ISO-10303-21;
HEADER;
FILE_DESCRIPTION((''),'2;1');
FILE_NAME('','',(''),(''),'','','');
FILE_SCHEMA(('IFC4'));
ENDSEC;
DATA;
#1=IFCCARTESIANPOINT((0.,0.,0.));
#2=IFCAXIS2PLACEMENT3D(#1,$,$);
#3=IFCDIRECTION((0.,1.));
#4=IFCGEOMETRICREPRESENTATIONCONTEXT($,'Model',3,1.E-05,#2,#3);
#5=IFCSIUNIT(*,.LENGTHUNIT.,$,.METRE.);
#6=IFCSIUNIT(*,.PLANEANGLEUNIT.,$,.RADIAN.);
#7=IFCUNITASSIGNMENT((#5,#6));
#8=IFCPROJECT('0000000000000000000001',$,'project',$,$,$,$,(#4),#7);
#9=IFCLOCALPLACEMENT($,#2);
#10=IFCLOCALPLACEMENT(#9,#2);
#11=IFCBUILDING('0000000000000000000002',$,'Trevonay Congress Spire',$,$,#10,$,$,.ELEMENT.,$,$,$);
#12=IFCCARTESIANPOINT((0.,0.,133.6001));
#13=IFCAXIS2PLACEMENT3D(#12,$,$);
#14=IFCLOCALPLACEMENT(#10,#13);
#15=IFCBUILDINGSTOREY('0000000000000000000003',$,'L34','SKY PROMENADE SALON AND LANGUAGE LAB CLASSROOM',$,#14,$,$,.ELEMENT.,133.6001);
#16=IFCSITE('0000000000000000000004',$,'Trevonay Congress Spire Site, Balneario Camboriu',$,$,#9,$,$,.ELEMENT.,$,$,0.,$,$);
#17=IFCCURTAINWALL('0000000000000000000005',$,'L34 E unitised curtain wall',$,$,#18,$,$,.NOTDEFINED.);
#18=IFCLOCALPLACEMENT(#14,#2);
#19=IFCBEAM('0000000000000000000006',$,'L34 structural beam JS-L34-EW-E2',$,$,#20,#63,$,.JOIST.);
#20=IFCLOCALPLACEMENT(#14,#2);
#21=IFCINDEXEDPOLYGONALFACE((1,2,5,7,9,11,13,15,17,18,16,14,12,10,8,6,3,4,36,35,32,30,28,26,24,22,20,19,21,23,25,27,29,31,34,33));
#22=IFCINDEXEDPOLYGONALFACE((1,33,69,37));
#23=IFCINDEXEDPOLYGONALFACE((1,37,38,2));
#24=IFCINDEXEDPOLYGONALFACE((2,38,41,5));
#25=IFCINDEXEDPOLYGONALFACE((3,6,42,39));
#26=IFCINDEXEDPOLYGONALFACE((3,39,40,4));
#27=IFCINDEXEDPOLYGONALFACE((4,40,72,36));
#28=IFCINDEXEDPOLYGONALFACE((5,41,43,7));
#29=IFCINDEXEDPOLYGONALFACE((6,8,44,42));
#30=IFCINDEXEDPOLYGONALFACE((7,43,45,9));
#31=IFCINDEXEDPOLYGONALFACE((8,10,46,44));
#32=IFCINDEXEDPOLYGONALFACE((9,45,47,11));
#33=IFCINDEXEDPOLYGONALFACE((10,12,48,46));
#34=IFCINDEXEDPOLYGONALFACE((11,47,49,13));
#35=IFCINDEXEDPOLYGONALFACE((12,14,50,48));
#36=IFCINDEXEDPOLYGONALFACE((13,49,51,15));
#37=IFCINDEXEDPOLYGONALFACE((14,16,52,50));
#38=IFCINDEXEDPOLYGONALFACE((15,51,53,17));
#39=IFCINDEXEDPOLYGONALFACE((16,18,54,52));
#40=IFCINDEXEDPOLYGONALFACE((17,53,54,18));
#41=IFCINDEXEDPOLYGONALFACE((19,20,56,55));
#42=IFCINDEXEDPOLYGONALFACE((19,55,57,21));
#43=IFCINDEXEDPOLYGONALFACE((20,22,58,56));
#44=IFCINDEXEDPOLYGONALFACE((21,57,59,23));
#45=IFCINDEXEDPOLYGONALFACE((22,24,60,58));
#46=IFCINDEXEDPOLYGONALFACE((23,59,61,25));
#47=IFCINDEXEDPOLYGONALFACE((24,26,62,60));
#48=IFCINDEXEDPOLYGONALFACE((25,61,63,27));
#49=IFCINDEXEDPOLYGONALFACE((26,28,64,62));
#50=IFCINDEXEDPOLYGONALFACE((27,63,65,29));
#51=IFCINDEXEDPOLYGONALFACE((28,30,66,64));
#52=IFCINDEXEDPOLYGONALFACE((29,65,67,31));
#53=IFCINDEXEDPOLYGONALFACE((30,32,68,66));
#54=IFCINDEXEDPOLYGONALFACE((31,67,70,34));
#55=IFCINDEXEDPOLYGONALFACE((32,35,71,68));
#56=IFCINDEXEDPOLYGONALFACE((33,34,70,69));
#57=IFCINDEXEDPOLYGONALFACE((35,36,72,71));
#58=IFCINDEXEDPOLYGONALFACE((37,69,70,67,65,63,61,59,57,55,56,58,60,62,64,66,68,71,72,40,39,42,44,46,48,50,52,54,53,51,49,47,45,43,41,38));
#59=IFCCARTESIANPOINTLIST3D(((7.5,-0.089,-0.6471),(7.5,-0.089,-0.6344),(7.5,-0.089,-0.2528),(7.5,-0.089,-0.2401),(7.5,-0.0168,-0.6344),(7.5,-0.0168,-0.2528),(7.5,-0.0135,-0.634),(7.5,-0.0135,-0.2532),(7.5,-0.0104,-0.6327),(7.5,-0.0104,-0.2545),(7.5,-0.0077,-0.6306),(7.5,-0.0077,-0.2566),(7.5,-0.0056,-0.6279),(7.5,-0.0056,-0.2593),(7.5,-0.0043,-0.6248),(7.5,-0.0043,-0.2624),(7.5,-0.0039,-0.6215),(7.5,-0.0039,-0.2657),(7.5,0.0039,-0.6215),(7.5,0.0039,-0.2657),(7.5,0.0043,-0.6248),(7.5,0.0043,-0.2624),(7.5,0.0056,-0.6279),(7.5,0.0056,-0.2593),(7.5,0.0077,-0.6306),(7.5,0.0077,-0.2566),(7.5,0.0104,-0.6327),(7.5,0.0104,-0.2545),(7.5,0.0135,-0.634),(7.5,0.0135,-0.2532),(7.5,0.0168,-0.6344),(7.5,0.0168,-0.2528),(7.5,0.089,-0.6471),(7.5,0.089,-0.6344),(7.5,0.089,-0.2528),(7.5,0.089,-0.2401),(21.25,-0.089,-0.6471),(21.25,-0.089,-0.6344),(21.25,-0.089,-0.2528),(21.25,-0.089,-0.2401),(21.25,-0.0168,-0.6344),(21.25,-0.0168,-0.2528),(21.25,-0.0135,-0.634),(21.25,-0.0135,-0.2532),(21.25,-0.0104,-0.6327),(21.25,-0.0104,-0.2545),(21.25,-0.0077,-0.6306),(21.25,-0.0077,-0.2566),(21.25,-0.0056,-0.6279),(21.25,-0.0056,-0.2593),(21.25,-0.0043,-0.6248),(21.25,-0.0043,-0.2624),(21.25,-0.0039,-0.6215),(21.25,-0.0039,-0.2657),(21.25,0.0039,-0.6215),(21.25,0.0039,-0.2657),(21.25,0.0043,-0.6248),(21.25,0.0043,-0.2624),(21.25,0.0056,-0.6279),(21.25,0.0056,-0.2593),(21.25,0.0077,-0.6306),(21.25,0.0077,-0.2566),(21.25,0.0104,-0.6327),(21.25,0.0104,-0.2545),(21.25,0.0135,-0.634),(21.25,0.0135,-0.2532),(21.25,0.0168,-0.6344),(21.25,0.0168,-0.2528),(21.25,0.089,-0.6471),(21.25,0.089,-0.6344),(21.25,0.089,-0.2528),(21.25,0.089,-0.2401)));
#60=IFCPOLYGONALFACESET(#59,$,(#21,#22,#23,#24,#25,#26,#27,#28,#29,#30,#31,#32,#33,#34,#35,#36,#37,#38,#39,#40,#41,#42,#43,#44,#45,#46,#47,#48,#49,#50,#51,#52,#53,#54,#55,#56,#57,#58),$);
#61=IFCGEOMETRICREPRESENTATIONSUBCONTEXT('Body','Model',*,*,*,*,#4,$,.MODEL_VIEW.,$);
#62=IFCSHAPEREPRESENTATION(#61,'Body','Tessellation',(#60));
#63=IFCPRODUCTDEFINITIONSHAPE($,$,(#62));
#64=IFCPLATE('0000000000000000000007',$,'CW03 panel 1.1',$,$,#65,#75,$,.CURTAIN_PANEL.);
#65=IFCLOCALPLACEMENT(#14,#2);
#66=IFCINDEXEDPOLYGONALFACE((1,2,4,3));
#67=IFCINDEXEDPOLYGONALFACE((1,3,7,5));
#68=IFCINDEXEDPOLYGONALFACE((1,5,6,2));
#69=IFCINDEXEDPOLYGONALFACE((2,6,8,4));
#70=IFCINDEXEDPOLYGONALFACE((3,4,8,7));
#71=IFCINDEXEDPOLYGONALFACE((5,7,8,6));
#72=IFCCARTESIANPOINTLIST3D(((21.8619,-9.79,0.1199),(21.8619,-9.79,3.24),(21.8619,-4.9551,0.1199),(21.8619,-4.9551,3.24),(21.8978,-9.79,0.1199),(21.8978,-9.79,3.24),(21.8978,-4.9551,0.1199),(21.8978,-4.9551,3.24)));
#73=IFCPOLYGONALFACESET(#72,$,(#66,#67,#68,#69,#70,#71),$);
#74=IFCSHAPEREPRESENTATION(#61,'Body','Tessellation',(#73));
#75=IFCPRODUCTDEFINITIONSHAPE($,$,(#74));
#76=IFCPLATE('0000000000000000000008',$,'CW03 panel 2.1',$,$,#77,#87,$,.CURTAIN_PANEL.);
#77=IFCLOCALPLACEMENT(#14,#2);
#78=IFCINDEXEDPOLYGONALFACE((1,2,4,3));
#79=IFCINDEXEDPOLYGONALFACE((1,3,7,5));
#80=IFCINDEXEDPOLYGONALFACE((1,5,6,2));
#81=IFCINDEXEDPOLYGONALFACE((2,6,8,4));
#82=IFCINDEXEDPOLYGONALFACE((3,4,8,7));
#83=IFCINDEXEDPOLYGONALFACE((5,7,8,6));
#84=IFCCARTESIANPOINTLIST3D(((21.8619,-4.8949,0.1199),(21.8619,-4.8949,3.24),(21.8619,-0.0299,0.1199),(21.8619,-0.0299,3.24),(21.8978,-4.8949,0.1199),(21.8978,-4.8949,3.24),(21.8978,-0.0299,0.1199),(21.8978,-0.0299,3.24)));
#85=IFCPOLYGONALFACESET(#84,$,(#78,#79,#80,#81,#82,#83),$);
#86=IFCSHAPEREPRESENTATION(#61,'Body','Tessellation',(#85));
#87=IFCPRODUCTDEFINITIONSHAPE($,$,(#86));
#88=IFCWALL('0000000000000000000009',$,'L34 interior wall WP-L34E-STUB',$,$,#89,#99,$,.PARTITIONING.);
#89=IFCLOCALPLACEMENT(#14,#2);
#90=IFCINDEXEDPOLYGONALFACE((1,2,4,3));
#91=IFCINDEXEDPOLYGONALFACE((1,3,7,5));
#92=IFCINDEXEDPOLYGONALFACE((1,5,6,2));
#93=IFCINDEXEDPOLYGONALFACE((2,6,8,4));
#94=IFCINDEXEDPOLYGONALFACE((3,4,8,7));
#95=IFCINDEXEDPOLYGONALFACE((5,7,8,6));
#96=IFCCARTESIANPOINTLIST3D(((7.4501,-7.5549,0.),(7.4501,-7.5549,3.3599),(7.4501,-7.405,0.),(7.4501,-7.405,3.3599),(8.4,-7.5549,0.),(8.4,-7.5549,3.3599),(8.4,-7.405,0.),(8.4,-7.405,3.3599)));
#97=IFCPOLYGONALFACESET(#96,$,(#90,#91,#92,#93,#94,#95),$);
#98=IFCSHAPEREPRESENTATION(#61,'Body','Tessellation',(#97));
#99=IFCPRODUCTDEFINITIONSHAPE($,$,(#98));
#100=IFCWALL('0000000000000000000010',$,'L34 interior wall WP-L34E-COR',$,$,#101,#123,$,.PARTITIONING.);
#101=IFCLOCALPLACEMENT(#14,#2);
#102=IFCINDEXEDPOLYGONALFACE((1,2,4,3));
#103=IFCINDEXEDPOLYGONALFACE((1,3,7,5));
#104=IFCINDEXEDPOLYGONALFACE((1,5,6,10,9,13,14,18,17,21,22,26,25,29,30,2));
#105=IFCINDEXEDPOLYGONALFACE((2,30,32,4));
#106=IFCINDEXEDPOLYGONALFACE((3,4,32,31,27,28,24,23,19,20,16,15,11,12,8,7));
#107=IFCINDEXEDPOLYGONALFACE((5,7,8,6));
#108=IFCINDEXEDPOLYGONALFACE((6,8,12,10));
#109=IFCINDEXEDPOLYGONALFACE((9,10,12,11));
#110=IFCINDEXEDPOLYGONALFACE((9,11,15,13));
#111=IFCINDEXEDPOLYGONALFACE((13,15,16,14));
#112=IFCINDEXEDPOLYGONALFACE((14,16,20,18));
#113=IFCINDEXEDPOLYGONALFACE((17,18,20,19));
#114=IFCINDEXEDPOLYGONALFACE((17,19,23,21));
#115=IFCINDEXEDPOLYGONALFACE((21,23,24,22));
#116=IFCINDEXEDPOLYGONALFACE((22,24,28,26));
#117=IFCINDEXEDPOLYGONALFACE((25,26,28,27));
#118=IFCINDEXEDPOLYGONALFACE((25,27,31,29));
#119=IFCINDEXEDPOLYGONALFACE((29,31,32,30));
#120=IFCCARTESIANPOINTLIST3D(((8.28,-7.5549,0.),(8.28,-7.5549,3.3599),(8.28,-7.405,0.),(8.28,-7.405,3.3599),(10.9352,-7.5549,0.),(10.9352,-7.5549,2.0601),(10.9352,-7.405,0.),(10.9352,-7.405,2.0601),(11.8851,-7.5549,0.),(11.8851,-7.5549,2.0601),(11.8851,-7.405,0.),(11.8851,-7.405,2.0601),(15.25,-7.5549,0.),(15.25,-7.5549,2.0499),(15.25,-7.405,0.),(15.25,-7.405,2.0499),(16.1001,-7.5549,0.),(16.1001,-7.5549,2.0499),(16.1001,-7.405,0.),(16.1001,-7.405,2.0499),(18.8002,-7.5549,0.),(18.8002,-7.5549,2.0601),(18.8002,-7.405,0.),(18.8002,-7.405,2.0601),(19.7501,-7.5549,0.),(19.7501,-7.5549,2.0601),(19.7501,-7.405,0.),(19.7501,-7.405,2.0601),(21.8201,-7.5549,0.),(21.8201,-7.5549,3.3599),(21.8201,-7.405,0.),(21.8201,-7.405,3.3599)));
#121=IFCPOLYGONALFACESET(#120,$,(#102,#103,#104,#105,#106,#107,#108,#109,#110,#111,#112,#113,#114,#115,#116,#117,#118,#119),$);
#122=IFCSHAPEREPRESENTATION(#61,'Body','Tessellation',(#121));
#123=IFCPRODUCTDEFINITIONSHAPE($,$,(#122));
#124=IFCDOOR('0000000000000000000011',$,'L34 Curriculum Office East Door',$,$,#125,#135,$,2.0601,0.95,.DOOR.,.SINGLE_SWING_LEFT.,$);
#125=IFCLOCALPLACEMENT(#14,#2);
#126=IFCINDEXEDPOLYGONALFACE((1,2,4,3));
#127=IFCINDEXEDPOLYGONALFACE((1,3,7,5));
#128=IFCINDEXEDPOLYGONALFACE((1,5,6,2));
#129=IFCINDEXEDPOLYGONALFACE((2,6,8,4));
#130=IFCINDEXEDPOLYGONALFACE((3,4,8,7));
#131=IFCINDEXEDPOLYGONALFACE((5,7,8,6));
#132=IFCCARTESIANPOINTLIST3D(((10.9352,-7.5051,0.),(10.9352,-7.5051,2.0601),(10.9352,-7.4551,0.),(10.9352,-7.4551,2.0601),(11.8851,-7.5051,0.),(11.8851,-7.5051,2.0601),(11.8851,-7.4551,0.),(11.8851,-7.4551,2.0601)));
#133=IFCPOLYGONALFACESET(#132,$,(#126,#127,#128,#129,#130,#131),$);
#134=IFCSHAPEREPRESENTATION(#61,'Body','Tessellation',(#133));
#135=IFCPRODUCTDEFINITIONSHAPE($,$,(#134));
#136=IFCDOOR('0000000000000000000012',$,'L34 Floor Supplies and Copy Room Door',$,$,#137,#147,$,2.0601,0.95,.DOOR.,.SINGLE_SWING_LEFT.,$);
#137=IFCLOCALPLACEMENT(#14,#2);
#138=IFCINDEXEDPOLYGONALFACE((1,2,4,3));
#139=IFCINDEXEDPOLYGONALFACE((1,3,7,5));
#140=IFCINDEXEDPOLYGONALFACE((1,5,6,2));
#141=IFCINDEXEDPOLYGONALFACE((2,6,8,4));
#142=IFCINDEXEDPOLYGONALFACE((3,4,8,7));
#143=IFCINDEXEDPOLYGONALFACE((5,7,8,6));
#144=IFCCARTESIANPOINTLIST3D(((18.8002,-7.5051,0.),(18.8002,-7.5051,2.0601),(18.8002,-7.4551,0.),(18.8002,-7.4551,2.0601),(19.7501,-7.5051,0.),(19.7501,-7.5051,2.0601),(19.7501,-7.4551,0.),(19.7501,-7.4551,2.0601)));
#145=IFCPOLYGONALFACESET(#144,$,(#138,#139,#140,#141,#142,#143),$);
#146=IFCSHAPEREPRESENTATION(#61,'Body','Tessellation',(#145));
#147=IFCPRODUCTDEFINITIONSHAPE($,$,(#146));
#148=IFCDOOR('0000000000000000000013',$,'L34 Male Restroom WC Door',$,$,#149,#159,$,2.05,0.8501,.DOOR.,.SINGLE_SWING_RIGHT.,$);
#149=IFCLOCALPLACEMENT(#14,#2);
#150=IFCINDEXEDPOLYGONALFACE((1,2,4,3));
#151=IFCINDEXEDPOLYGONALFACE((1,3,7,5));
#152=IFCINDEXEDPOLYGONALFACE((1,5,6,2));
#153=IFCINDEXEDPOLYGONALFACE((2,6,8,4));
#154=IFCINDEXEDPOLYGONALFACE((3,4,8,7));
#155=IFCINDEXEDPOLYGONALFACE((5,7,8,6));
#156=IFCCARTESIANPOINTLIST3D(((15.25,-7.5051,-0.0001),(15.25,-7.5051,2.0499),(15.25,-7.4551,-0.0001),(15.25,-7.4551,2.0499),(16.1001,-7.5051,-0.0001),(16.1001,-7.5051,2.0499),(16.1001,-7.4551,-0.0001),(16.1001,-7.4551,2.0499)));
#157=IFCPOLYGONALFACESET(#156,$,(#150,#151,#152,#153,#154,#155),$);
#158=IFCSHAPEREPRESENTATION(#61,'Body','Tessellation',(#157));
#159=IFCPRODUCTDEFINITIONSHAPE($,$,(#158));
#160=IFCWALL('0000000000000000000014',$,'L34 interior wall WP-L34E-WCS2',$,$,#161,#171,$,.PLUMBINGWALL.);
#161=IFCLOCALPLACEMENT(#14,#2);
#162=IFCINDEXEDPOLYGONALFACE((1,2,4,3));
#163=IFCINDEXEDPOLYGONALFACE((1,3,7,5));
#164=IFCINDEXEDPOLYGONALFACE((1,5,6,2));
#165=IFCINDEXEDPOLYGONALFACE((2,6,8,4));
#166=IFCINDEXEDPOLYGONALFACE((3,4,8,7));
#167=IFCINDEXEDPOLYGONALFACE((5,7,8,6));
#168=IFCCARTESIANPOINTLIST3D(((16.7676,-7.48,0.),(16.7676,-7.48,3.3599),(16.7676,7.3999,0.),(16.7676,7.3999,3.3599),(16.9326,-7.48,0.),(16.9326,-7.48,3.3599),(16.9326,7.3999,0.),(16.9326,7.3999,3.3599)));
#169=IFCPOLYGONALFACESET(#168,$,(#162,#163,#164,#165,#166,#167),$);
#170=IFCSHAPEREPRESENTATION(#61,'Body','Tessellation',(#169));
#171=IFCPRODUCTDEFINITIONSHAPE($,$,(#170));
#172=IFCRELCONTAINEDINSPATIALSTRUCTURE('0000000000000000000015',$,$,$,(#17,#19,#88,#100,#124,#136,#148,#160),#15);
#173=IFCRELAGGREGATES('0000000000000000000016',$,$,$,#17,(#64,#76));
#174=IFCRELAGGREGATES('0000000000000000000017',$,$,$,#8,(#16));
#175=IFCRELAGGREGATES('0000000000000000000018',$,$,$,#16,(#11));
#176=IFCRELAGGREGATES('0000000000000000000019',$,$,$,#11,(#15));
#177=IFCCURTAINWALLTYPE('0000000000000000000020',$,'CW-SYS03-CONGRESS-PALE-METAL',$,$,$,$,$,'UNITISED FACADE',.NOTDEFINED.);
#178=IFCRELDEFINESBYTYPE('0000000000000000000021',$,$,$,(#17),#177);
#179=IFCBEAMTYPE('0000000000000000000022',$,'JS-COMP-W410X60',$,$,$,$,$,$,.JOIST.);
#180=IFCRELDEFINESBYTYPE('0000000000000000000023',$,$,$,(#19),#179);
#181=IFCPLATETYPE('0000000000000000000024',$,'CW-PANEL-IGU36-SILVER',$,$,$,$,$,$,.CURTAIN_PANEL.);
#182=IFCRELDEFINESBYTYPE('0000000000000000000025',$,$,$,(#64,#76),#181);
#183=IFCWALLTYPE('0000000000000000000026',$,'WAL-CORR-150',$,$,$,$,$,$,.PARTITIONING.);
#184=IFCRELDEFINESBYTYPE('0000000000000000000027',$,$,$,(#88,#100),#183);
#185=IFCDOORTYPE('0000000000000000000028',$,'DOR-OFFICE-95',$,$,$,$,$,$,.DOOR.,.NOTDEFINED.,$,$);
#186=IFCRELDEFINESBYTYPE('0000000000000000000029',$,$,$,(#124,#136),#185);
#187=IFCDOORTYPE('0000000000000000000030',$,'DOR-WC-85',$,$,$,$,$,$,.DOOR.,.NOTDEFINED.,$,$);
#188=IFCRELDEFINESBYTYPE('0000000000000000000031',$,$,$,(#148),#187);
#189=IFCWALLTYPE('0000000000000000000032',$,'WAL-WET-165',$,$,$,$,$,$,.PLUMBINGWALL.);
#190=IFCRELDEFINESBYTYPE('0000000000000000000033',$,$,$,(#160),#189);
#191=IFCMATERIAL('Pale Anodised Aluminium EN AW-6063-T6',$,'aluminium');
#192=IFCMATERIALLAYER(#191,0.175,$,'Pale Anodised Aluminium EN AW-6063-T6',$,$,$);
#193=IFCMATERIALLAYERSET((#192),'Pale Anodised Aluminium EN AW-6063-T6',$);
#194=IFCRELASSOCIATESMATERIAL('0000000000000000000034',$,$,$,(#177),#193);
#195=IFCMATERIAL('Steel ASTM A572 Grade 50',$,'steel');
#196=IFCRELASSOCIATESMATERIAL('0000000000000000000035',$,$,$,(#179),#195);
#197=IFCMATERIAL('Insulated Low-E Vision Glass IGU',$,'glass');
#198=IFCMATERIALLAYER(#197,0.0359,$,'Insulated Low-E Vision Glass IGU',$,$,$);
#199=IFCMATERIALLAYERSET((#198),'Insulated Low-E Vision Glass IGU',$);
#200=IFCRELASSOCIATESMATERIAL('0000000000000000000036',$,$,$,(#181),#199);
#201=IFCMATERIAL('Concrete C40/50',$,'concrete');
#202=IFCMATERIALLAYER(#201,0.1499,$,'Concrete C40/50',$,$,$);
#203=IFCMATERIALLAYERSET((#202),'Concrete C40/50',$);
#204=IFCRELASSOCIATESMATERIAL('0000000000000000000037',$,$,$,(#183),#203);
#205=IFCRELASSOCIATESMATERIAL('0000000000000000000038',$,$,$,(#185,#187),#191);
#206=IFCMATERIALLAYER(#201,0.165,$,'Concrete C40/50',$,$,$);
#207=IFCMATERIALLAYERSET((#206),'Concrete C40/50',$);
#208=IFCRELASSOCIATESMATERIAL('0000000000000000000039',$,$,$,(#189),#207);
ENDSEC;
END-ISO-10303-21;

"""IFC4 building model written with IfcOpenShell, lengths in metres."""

from ifc_helpers import new_model, si_unit, direction, frame, frame_2d, origin, origin_2d, place, context, subcontext, project, spatial, rectangle, i_section, extrude, material, layer, layer_set, material_profile, profile_set, type_object, element, fill, aggregate, save


model = new_model("IFC4")

# Units and contexts
model_context = context("Model", 3, precision=1e-05, world=origin(), true_north=direction((0.0, 1.0)))
body_context = subcontext(model_context, "Body", "Model", "MODEL_VIEW")
ifc_project = project(units=[si_unit("LENGTHUNIT", "METRE"), si_unit("PLANEANGLEUNIT", "RADIAN")], contexts=[model_context])

# Site, building, storey
site_placement = place(None, origin())
site = spatial("IfcSite", under=ifc_project, at=site_placement, Name="Trevonay Congress Spire Site, Balneario Camboriu", CompositionType="ELEMENT", RefElevation=0.0)
building_placement = place(site_placement, origin())
building = spatial("IfcBuilding", under=site, at=building_placement, Name="Trevonay Congress Spire", CompositionType="ELEMENT")
storey_placement = place(building_placement, frame((0.0, 0.0, 133.6001)))
storey = spatial("IfcBuildingStorey", under=building, at=storey_placement, Name="L34", Description="SKY PROMENADE SALON AND LANGUAGE LAB CLASSROOM", CompositionType="ELEMENT", Elevation=133.6001)

# Shared definitions
ifc_material_1 = material(Name="Steel ASTM A572 Grade 50", Category="steel")

# Curtain wall
ifc_material_2 = material(Name="Pale Anodised Aluminium EN AW-6063-T6", Category="aluminium")
ifc_layer_1 = layer(ifc_material_2, 0.175, Name="Pale Anodised Aluminium EN AW-6063-T6")
ifc_layer_set_1 = layer_set([ifc_layer_1], Name="Pale Anodised Aluminium EN AW-6063-T6")
curtain_wall_type = type_object("IfcCurtainWallType", Name="CW-SYS03-CONGRESS-PALE-METAL", ElementType="UNITISED FACADE", PredefinedType="NOTDEFINED", material=ifc_layer_set_1)
curtain_wall_placement = place(storey_placement, origin())
curtain_wall = element("IfcCurtainWall", 1, at=curtain_wall_placement, inside=storey, type_object=curtain_wall_type, Name="L34 E unitised curtain wall", PredefinedType="NOTDEFINED")

# Beam
ifc_material_profile_1 = material_profile(ifc_material_1, i_section(OverallWidth=0.178, OverallDepth=0.407, WebThickness=0.0078, FlangeThickness=0.0127, FilletRadius=0.0129, at=origin_2d()), Name="W410x60")
ifc_profile_set_1 = profile_set([ifc_material_profile_1], Name="Steel ASTM A572 Grade 50")
beam_type_1 = type_object("IfcBeamType", Name="JS-COMP-W410X60", PredefinedType="JOIST", material=ifc_profile_set_1)
for number, where, z_axis, x_axis, name in (
    (2, (7.5, 0.0, -0.4436), (1.0, 0.0, 0.0), (0.0, 1.0, 0.0), "L34 structural beam JS-L34-EW-E2"),
):
    element("IfcBeam", number, at=place(storey_placement, frame(where, z_axis=z_axis, x_axis=x_axis)), inside=storey, type_object=beam_type_1, Name=name, PredefinedType="JOIST", context=body_context, shape_type="SweptSolid", body=[
        extrude(i_section(OverallWidth=0.178, OverallDepth=0.407, WebThickness=0.0078, FlangeThickness=0.0127, FilletRadius=0.0129, at=origin_2d()), origin(), (0.0, 0.0, 1.0), 13.75),
    ])

# Plates
ifc_material_3 = material(Name="Insulated Low-E Vision Glass IGU", Category="glass")
ifc_layer_2 = layer(ifc_material_3, 0.0359, Name="Insulated Low-E Vision Glass IGU")
ifc_layer_set_2 = layer_set([ifc_layer_2], Name="Insulated Low-E Vision Glass IGU")
plate_type = type_object("IfcPlateType", Name="CW-PANEL-IGU36-SILVER", PredefinedType="CURTAIN_PANEL", material=ifc_layer_set_2)
plate_1_placement = place(storey_placement, frame((21.8799, -7.3726, 0.1199), z_axis=(0.0, 0.0, 1.0), x_axis=(0.0, 1.0, 0.0)))
plate_1 = element("IfcPlate", 3, at=plate_1_placement, type_object=plate_type, Name="CW03 panel 1.1", PredefinedType="CURTAIN_PANEL", context=body_context, shape_type="SweptSolid", body=[
    extrude(rectangle(XDim=4.835, YDim=0.0359, at=origin_2d()), origin(), (0.0, 0.0, 1.0), 3.1201),
])
plate_2_placement = place(storey_placement, frame((21.8799, -2.4624, 0.1199), z_axis=(0.0, 0.0, 1.0), x_axis=(0.0, 1.0, 0.0)))
plate_2 = element("IfcPlate", 4, at=plate_2_placement, type_object=plate_type, Name="CW03 panel 2.1", PredefinedType="CURTAIN_PANEL", context=body_context, shape_type="SweptSolid", body=[
    extrude(rectangle(XDim=4.865, YDim=0.0359, at=origin_2d()), origin(), (0.0, 0.0, 1.0), 3.1201),
])
aggregate(curtain_wall, [plate_1, plate_2])

# Wall
ifc_material_4 = material(Name="Concrete C40/50", Category="concrete")
ifc_layer_3 = layer(ifc_material_4, 0.1499, Name="Concrete C40/50")
ifc_layer_set_3 = layer_set([ifc_layer_3], Name="Concrete C40/50")
wall_type_1 = type_object("IfcWallType", Name="WAL-CORR-150", PredefinedType="PARTITIONING", material=ifc_layer_set_3)
wall_1_placement = place(storey_placement, frame((7.45, -7.48, 0.0), z_axis=(0.0, 0.0, 1.0), x_axis=(1.0, 0.0, 0.0)))
element("IfcWall", 5, at=wall_1_placement, inside=storey, type_object=wall_type_1, Name="L34 interior wall WP-L34E-STUB", PredefinedType="PARTITIONING", context=body_context, shape_type="SweptSolid", body=[
    extrude(rectangle(XDim=0.95, YDim=0.1499, at=frame_2d((0.4751, 0.0))), origin(), (0.0, 0.0, 1.0), 3.3599),
])

# Wall, openings, doors
wall_2_placement = place(storey_placement, frame((8.28, -7.48, 0.0), z_axis=(0.0, 0.0, 1.0), x_axis=(1.0, 0.0, 0.0)))
wall_2 = element("IfcWall", 6, at=wall_2_placement, inside=storey, type_object=wall_type_1, Name="L34 interior wall WP-L34E-COR", PredefinedType="PARTITIONING", context=body_context, shape_type="SweptSolid", body=[
    extrude(rectangle(XDim=13.54, YDim=0.1499, at=frame_2d((6.77, 0.0))), origin(), (0.0, 0.0, 1.0), 3.3599),
])
opening_1_placement = place(wall_2_placement, frame((2.655, 0.0, 0.0)))
opening_1 = element("IfcOpeningElement", 7, at=opening_1_placement, cuts=wall_2, PredefinedType="OPENING", context=body_context, shape_type="SweptSolid", body=[
    extrude(rectangle(XDim=0.95, YDim=2.0601, at=frame_2d((0.4751, 1.03))), frame((0.0, 0.085, 0.0), z_axis=(0.0, -1.0, 0.0), x_axis=(1.0, 0.0, 0.0)), (0.0, 0.0, 1.0), 0.1699),
])
opening_2_placement = place(wall_2_placement, frame((6.97, 0.0, 0.0)))
opening_2 = element("IfcOpeningElement", 8, at=opening_2_placement, cuts=wall_2, PredefinedType="OPENING", context=body_context, shape_type="SweptSolid", body=[
    extrude(rectangle(XDim=0.8501, YDim=2.05, at=frame_2d((0.425, 1.0249))), frame((0.0, 0.085, 0.0), z_axis=(0.0, -1.0, 0.0), x_axis=(1.0, 0.0, 0.0)), (0.0, 0.0, 1.0), 0.1699),
])
opening_3_placement = place(wall_2_placement, frame((10.52, 0.0, 0.0)))
opening_3 = element("IfcOpeningElement", 9, at=opening_3_placement, cuts=wall_2, PredefinedType="OPENING", context=body_context, shape_type="SweptSolid", body=[
    extrude(rectangle(XDim=0.95, YDim=2.0601, at=frame_2d((0.4751, 1.03))), frame((0.0, 0.085, 0.0), z_axis=(0.0, -1.0, 0.0), x_axis=(1.0, 0.0, 0.0)), (0.0, 0.0, 1.0), 0.1699),
])
door_type_1 = type_object("IfcDoorType", Name="DOR-OFFICE-95", OperationType="NOTDEFINED", PredefinedType="DOOR", material=ifc_material_2)
door_1_placement = place(opening_1_placement, origin())
door_1 = element("IfcDoor", 10, at=door_1_placement, inside=storey, type_object=door_type_1, Name="L34 Curriculum Office East Door", OperationType="SINGLE_SWING_LEFT", OverallHeight=2.0601, OverallWidth=0.95, PredefinedType="DOOR", context=body_context, shape_type="SweptSolid", body=[
    extrude(rectangle(XDim=0.95, YDim=2.0601, at=frame_2d((0.4751, 1.03))), frame((0.0, 0.0249, 0.0), z_axis=(0.0, -1.0, 0.0), x_axis=(1.0, 0.0, 0.0)), (0.0, 0.0, 1.0), 0.05),
])
fill(opening_1, door_1)
door_2_placement = place(opening_3_placement, origin())
door_2 = element("IfcDoor", 11, at=door_2_placement, inside=storey, type_object=door_type_1, Name="L34 Floor Supplies and Copy Room Door", OperationType="SINGLE_SWING_LEFT", OverallHeight=2.0601, OverallWidth=0.95, PredefinedType="DOOR", context=body_context, shape_type="SweptSolid", body=[
    extrude(rectangle(XDim=0.95, YDim=2.0601, at=frame_2d((0.4751, 1.03))), frame((0.0, 0.0249, 0.0), z_axis=(0.0, -1.0, 0.0), x_axis=(1.0, 0.0, 0.0)), (0.0, 0.0, 1.0), 0.05),
])
fill(opening_3, door_2)
door_type_2 = type_object("IfcDoorType", Name="DOR-WC-85", OperationType="NOTDEFINED", PredefinedType="DOOR", material=ifc_material_2)
door_3_placement = place(opening_2_placement, origin())
door_3 = element("IfcDoor", 12, at=door_3_placement, inside=storey, type_object=door_type_2, Name="L34 Male Restroom WC Door", OperationType="SINGLE_SWING_RIGHT", OverallHeight=2.05, OverallWidth=0.8501, PredefinedType="DOOR", context=body_context, shape_type="SweptSolid", body=[
    extrude(rectangle(XDim=0.8501, YDim=2.05, at=frame_2d((0.425, 1.0249))), frame((0.0, 0.0249, 0.0), z_axis=(0.0, -1.0, 0.0), x_axis=(1.0, 0.0, 0.0)), (0.0, 0.0, 1.0), 0.05),
])
fill(opening_2, door_3)

# Wall
ifc_layer_4 = layer(ifc_material_4, 0.165, Name="Concrete C40/50")
ifc_layer_set_4 = layer_set([ifc_layer_4], Name="Concrete C40/50")
wall_type_2 = type_object("IfcWallType", Name="WAL-WET-165", PredefinedType="PLUMBINGWALL", material=ifc_layer_set_4)
for number, where, z_axis, x_axis, name in (
    (13, (16.8501, -7.48, 0.0), (0.0, 0.0, 1.0), (0.0, 1.0, 0.0), "L34 interior wall WP-L34E-WCS2"),
):
    element("IfcWall", number, at=place(storey_placement, frame(where, z_axis=z_axis, x_axis=x_axis)), inside=storey, type_object=wall_type_2, Name=name, PredefinedType="PLUMBINGWALL", context=body_context, shape_type="SweptSolid", body=[
        extrude(rectangle(XDim=14.8799, YDim=0.165, at=frame_2d((7.4399, 0.0))), origin(), (0.0, 0.0, 1.0), 3.3599),
    ])

save(model, "model.ifc")
